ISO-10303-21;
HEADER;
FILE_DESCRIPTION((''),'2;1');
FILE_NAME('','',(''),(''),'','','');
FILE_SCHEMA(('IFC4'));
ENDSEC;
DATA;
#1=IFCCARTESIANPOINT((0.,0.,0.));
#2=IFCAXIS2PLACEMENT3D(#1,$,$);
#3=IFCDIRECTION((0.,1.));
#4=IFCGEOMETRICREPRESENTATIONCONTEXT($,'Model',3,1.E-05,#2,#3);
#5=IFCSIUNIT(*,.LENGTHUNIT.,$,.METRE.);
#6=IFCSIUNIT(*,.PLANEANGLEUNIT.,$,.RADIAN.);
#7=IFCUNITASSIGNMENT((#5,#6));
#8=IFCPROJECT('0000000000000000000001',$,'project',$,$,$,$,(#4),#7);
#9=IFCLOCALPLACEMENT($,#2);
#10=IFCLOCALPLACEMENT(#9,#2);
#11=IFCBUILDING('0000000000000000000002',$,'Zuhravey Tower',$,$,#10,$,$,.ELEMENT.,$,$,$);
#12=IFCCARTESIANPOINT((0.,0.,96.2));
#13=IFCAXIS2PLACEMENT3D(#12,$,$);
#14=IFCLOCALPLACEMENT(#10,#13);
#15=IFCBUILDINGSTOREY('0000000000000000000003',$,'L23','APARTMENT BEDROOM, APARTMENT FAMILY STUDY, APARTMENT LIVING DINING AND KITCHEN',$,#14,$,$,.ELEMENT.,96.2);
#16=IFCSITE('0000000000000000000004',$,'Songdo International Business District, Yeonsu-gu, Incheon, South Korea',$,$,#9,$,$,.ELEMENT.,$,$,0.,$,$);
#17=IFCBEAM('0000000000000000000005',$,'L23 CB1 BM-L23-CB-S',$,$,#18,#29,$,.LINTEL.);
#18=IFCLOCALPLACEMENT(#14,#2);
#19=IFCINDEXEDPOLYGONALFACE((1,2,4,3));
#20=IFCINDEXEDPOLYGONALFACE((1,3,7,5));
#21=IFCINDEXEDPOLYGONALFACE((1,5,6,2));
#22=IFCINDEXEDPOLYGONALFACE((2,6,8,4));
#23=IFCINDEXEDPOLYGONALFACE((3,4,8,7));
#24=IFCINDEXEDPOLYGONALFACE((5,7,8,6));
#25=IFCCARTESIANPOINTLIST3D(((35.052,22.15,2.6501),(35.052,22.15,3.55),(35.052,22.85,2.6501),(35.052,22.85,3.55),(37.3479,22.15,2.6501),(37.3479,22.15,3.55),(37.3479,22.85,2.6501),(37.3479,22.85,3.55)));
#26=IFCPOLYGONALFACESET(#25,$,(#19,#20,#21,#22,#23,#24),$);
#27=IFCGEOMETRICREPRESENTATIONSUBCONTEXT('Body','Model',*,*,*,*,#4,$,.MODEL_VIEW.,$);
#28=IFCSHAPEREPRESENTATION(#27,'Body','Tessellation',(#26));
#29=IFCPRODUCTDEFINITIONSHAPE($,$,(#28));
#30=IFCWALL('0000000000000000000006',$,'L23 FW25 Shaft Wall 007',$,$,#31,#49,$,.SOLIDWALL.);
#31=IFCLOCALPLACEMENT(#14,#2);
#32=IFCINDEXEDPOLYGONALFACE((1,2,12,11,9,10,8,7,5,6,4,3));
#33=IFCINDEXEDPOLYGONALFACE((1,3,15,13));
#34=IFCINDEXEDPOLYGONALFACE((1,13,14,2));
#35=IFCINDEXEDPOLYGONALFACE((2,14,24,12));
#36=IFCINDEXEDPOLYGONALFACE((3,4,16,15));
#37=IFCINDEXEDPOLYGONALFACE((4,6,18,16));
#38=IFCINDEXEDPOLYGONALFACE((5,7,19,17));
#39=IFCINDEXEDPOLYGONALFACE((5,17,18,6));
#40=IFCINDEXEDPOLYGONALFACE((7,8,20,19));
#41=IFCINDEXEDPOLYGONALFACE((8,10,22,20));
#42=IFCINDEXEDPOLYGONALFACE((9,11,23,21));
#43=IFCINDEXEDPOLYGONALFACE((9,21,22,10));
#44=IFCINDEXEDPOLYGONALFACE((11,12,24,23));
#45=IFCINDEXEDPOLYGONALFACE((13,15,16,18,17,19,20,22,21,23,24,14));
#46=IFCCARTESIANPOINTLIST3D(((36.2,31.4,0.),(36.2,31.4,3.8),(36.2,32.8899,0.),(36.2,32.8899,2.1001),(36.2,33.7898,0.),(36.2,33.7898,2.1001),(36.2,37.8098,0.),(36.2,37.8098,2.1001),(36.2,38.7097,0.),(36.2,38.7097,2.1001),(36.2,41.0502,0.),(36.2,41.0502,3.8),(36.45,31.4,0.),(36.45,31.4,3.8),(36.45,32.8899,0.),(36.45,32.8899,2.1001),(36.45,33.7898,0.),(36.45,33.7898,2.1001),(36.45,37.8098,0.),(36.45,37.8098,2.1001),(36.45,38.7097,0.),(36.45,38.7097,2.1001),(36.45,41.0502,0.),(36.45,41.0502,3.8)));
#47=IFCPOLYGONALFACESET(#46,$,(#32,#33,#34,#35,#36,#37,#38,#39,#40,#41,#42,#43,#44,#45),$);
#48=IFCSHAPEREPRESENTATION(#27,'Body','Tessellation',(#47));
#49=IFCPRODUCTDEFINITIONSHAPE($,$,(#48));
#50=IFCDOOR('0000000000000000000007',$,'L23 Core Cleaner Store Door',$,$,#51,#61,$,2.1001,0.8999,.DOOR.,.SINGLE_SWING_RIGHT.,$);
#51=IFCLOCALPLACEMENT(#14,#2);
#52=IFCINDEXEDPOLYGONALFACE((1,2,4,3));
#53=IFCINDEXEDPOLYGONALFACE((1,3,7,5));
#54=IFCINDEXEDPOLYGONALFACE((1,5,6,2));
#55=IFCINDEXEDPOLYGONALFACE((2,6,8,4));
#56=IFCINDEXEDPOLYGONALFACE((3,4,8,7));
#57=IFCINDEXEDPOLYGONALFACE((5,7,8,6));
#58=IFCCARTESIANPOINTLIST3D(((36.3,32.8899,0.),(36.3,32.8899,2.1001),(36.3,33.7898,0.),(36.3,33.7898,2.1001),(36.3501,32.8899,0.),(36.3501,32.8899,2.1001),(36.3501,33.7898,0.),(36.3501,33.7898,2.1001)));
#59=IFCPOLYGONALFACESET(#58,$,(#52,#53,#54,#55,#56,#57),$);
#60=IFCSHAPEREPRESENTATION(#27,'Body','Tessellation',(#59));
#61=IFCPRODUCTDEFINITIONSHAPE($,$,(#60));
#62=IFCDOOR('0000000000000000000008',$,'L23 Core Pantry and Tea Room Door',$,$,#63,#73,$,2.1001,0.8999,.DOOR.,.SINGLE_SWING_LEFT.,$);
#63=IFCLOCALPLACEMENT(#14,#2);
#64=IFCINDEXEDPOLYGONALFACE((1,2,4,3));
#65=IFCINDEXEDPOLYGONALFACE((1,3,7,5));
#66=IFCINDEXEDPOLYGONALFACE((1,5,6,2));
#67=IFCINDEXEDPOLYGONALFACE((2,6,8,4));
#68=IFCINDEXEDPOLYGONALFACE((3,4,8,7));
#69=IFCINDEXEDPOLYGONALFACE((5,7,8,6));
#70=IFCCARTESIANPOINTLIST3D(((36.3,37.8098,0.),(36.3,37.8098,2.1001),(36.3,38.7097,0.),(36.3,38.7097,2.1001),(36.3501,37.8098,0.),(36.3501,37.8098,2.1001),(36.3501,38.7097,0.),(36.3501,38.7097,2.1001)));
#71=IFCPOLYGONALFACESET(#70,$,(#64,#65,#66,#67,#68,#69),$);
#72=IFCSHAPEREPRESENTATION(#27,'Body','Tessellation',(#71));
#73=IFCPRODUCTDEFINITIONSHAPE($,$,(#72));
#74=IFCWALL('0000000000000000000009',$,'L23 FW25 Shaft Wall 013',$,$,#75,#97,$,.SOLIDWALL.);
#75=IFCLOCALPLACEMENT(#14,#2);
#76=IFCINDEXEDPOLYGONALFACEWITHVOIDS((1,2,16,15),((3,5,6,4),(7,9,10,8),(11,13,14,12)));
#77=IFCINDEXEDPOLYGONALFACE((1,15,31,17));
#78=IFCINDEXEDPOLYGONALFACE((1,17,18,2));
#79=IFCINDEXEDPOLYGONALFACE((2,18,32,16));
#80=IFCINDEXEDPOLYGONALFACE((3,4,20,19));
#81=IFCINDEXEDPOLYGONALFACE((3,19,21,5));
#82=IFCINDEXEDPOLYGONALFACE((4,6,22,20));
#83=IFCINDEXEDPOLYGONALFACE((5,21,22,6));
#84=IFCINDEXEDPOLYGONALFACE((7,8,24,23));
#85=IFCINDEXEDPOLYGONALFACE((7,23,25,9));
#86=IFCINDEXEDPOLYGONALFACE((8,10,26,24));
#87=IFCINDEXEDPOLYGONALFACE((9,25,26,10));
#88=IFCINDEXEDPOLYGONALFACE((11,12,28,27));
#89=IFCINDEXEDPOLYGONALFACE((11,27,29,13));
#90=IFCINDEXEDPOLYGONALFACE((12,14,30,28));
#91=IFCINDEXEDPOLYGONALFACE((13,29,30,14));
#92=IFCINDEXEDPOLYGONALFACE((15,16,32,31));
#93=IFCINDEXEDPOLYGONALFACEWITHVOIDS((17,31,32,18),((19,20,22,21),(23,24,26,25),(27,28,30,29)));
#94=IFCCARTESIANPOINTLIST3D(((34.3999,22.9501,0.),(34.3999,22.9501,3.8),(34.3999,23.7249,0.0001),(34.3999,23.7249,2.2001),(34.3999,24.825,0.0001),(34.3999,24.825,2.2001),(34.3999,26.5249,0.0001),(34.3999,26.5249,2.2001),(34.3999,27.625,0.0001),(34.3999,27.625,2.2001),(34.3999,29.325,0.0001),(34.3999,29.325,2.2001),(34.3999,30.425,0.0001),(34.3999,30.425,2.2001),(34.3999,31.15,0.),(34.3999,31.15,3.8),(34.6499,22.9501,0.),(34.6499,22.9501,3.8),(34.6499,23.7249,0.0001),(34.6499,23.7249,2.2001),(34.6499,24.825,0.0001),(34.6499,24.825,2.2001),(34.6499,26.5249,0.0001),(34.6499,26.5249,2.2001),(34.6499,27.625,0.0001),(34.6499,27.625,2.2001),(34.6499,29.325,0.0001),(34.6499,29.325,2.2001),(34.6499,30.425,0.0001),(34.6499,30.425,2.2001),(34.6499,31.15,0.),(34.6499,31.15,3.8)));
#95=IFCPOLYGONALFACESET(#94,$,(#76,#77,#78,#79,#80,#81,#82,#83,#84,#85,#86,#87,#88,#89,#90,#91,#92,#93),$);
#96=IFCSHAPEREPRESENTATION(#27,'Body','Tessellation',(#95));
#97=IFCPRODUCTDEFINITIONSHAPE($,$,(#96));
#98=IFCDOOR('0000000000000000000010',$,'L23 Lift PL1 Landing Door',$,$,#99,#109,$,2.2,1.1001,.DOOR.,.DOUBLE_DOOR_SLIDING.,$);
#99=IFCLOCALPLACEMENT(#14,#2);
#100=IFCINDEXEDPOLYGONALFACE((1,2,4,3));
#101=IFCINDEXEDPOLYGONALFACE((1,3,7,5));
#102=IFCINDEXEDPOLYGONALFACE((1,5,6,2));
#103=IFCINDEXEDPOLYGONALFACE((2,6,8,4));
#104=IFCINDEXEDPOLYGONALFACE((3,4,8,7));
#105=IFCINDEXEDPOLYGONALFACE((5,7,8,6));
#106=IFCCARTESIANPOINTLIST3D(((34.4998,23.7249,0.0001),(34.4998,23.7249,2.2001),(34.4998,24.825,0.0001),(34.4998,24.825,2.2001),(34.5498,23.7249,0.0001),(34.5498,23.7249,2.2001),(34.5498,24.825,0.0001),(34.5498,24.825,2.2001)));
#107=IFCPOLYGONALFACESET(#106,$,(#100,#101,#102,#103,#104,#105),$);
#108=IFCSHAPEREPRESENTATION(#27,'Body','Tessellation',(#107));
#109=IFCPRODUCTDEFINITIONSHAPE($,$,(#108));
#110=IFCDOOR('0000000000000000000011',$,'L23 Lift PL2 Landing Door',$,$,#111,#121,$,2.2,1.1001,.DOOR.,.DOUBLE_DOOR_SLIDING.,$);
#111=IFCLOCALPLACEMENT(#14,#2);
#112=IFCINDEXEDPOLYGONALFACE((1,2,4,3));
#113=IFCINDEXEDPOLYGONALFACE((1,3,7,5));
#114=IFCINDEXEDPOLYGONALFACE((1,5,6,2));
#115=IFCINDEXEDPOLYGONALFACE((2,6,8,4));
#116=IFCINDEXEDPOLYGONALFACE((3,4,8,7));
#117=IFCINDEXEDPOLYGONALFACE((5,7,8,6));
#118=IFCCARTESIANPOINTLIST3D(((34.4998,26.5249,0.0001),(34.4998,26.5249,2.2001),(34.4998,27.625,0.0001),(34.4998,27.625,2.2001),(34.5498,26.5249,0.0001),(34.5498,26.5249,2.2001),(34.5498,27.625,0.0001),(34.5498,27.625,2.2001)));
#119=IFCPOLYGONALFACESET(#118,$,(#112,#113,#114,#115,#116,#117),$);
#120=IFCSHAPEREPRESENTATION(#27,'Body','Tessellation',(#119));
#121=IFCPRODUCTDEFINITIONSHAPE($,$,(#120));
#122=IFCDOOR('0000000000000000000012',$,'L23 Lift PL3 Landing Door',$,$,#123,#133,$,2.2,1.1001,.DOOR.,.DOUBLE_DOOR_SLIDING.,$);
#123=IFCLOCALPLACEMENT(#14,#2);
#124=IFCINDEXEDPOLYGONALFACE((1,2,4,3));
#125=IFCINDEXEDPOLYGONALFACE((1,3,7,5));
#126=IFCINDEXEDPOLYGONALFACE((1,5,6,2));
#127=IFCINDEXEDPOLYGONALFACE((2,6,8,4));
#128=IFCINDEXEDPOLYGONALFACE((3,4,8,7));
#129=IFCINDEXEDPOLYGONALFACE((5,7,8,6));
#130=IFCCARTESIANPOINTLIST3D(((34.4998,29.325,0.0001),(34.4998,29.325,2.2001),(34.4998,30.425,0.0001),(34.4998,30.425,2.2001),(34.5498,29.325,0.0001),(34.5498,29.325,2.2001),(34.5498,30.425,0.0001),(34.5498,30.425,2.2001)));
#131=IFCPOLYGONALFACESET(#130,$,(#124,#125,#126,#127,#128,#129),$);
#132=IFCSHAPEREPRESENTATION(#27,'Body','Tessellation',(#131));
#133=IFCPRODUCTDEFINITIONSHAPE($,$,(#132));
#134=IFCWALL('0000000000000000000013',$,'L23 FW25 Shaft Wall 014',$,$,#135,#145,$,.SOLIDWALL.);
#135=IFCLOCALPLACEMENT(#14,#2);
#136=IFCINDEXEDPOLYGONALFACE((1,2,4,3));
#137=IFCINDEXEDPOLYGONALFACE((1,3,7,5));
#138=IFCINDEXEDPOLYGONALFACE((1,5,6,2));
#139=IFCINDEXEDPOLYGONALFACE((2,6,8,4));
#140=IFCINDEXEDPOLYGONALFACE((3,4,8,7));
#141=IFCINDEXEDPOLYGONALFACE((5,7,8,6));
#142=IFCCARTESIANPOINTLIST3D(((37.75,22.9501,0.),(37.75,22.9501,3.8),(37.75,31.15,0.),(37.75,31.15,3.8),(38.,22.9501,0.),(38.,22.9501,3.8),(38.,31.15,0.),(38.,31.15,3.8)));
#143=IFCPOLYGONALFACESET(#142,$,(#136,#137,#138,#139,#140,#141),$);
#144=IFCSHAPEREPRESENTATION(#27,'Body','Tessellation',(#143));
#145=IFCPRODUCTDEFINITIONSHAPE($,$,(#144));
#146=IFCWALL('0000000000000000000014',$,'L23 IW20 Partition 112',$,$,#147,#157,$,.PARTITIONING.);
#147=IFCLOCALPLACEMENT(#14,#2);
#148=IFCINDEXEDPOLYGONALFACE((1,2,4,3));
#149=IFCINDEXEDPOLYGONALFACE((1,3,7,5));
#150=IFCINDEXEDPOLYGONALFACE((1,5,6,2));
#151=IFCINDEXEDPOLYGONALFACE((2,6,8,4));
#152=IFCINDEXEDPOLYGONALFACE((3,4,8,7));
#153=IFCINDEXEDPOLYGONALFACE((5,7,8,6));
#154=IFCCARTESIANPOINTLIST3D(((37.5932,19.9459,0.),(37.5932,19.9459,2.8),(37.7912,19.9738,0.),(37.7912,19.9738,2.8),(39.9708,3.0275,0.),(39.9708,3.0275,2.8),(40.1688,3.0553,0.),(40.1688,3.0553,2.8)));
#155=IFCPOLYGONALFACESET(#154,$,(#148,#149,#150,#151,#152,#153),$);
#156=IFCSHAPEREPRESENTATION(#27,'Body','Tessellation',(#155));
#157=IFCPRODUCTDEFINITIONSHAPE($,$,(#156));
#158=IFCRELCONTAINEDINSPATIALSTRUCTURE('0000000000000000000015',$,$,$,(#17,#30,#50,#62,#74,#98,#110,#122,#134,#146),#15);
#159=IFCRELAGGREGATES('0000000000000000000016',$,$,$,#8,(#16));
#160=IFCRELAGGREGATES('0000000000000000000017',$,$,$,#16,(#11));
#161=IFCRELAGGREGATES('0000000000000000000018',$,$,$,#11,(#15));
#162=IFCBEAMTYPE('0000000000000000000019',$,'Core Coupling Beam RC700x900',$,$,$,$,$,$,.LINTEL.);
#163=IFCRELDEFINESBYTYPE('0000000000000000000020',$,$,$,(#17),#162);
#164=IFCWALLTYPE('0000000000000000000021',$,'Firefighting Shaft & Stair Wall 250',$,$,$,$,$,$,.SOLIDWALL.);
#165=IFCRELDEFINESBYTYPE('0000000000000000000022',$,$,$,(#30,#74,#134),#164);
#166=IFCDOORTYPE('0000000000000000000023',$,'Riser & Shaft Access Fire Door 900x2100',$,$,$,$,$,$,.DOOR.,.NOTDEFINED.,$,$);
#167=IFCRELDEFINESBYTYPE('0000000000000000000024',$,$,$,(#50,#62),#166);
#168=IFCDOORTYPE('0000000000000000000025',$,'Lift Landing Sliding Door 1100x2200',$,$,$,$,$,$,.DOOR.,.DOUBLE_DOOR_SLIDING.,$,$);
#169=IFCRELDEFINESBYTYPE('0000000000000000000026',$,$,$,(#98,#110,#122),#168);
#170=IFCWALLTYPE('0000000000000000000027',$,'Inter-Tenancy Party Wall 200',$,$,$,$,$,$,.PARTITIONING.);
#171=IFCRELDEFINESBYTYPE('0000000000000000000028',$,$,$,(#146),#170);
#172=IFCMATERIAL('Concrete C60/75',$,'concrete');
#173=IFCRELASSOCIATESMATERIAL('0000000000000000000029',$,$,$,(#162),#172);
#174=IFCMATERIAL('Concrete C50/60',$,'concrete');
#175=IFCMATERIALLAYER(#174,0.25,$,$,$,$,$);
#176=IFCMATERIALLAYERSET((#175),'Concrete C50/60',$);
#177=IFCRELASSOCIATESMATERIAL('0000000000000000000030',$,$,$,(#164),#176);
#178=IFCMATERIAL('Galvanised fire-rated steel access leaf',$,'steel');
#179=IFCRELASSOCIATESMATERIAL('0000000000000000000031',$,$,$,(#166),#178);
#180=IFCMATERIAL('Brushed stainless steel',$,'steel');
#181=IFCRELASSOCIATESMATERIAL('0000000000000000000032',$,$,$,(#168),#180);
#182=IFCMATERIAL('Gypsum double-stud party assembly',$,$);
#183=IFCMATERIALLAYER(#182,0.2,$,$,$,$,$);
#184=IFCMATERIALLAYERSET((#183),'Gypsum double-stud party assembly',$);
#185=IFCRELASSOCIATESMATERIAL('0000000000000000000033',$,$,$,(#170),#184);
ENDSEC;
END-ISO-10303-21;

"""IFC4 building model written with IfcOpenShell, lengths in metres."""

from ifc_helpers import new_model, si_unit, direction, frame, frame_2d, origin, origin_2d, place, context, subcontext, project, spatial, rectangle, extrude, material, layer, layer_set, material_profile, profile_set, type_object, element, fill, save


model = new_model("IFC4")

# Units and contexts
model_context = context("Model", 3, precision=1e-05, world=origin(), true_north=direction((0.0, 1.0)))
body_context = subcontext(model_context, "Body", "Model", "MODEL_VIEW")
ifc_project = project(units=[si_unit("LENGTHUNIT", "METRE"), si_unit("PLANEANGLEUNIT", "RADIAN")], contexts=[model_context])

# Site, building, storey
site_placement = place(None, origin())
site = spatial("IfcSite", under=ifc_project, at=site_placement, Name="Songdo International Business District, Yeonsu-gu, Incheon, South Korea", CompositionType="ELEMENT", RefElevation=0.0)
building_placement = place(site_placement, origin())
building = spatial("IfcBuilding", under=site, at=building_placement, Name="Zuhravey Tower", CompositionType="ELEMENT")
storey_placement = place(building_placement, frame((0.0, 0.0, 96.2)))
storey = spatial("IfcBuildingStorey", under=building, at=storey_placement, Name="L23", Description="APARTMENT BEDROOM, APARTMENT FAMILY STUDY, APARTMENT LIVING DINING AND KITCHEN", CompositionType="ELEMENT", Elevation=96.2)

# Beam
ifc_material_1 = material(Name="Concrete C60/75", Category="concrete")
ifc_material_profile = material_profile(ifc_material_1, rectangle(XDim=0.7, YDim=0.8999, at=origin_2d()), Name="RC-700x900")
ifc_profile_set = profile_set([ifc_material_profile], Name="Concrete C60/75")
beam_type = type_object("IfcBeamType", Name="Core Coupling Beam RC700x900", PredefinedType="LINTEL", material=ifc_profile_set)
beam_placement = place(storey_placement, frame((35.052, 22.5, 3.1001), z_axis=(1.0, 0.0, 0.0), x_axis=(0.0, 1.0, 0.0)))
element("IfcBeam", 1, at=beam_placement, inside=storey, type_object=beam_type, Name="L23 CB1 BM-L23-CB-S", PredefinedType="LINTEL", context=body_context, shape_type="SweptSolid", body=[
    extrude(rectangle(XDim=0.7, YDim=0.8999, at=origin_2d()), origin(), (0.0, 0.0, 1.0), 2.2959),
])

# Shared definitions
ifc_material_2 = material(Name="Concrete C50/60", Category="concrete")
ifc_layer_1 = layer(ifc_material_2, 0.25)
ifc_layer_set_1 = layer_set([ifc_layer_1], Name="Concrete C50/60")
wall_type_1 = type_object("IfcWallType", Name="Firefighting Shaft & Stair Wall 250", PredefinedType="SOLIDWALL", material=ifc_layer_set_1)

# Walls, openings, doors
wall_1_placement = place(storey_placement, frame((36.325, 31.3999, 0.0), z_axis=(0.0, 0.0, 1.0), x_axis=(0.0, 1.0, 0.0)))
wall_1 = element("IfcWall", 2, at=wall_1_placement, inside=storey, type_object=wall_type_1, Name="L23 FW25 Shaft Wall 007", PredefinedType="SOLIDWALL", context=body_context, shape_type="SweptSolid", body=[
    extrude(rectangle(XDim=9.6501, YDim=0.25, at=frame_2d((4.8252, 0.0))), origin(), (0.0, 0.0, 1.0), 3.8),
])
opening_1_placement = place(wall_1_placement, frame((1.49, 0.0, 0.0)))
opening_1 = element("IfcOpeningElement", 3, at=opening_1_placement, cuts=wall_1, PredefinedType="OPENING", context=body_context, shape_type="SweptSolid", body=[
    extrude(rectangle(XDim=0.8999, YDim=2.1001, at=frame_2d((0.45, 1.05))), frame((0.0, 0.137, 0.0), z_axis=(0.0, -1.0, 0.0), x_axis=(1.0, 0.0, 0.0)), (0.0, 0.0, 1.0), 0.2739),
])
opening_2_placement = place(wall_1_placement, frame((6.4099, 0.0, 0.0)))
opening_2 = element("IfcOpeningElement", 4, at=opening_2_placement, cuts=wall_1, PredefinedType="OPENING", context=body_context, shape_type="SweptSolid", body=[
    extrude(rectangle(XDim=0.8999, YDim=2.1001, at=frame_2d((0.45, 1.05))), frame((0.0, 0.137, 0.0), z_axis=(0.0, -1.0, 0.0), x_axis=(1.0, 0.0, 0.0)), (0.0, 0.0, 1.0), 0.2739),
])
ifc_material_3 = material(Name="Galvanised fire-rated steel access leaf", Category="steel")
door_type_1 = type_object("IfcDoorType", Name="Riser & Shaft Access Fire Door 900x2100", OperationType="NOTDEFINED", PredefinedType="DOOR", material=ifc_material_3)
door_1_placement = place(opening_1_placement, origin())
door_1 = element("IfcDoor", 5, at=door_1_placement, inside=storey, type_object=door_type_1, Name="L23 Core Cleaner Store Door", OperationType="SINGLE_SWING_RIGHT", OverallHeight=2.1001, OverallWidth=0.8999, PredefinedType="DOOR", context=body_context, shape_type="SweptSolid", body=[
    extrude(rectangle(XDim=0.8999, YDim=2.1001, at=frame_2d((0.45, 1.05))), frame((0.0, 0.0249, 0.0), z_axis=(0.0, -1.0, 0.0), x_axis=(1.0, 0.0, 0.0)), (0.0, 0.0, 1.0), 0.05),
])
fill(opening_1, door_1)
door_2_placement = place(opening_2_placement, origin())
door_2 = element("IfcDoor", 6, at=door_2_placement, inside=storey, type_object=door_type_1, Name="L23 Core Pantry and Tea Room Door", OperationType="SINGLE_SWING_LEFT", OverallHeight=2.1001, OverallWidth=0.8999, PredefinedType="DOOR", context=body_context, shape_type="SweptSolid", body=[
    extrude(rectangle(XDim=0.8999, YDim=2.1001, at=frame_2d((0.45, 1.05))), frame((0.0, 0.0249, 0.0), z_axis=(0.0, -1.0, 0.0), x_axis=(1.0, 0.0, 0.0)), (0.0, 0.0, 1.0), 0.05),
])
fill(opening_2, door_2)
wall_2_placement = place(storey_placement, frame((34.5249, 22.95, 0.0), z_axis=(0.0, 0.0, 1.0), x_axis=(0.0, 1.0, 0.0)))
wall_2 = element("IfcWall", 7, at=wall_2_placement, inside=storey, type_object=wall_type_1, Name="L23 FW25 Shaft Wall 013", PredefinedType="SOLIDWALL", context=body_context, shape_type="SweptSolid", body=[
    extrude(rectangle(XDim=8.2, YDim=0.25, at=frame_2d((4.1001, 0.0))), origin(), (0.0, 0.0, 1.0), 3.8),
])
opening_3_placement = place(wall_2_placement, frame((0.7749, 0.0, 0.0)))
opening_3 = element("IfcOpeningElement", 8, at=opening_3_placement, cuts=wall_2, PredefinedType="OPENING", context=body_context, shape_type="SweptSolid", body=[
    extrude(rectangle(XDim=1.1001, YDim=2.2, at=frame_2d((0.55, 1.1001))), frame((0.0, 0.137, 0.0), z_axis=(0.0, -1.0, 0.0), x_axis=(1.0, 0.0, 0.0)), (0.0, 0.0, 1.0), 0.2739),
])
opening_4_placement = place(wall_2_placement, frame((3.575, 0.0, 0.0)))
opening_4 = element("IfcOpeningElement", 9, at=opening_4_placement, cuts=wall_2, PredefinedType="OPENING", context=body_context, shape_type="SweptSolid", body=[
    extrude(rectangle(XDim=1.1001, YDim=2.2, at=frame_2d((0.55, 1.1001))), frame((0.0, 0.137, 0.0), z_axis=(0.0, -1.0, 0.0), x_axis=(1.0, 0.0, 0.0)), (0.0, 0.0, 1.0), 0.2739),
])
opening_5_placement = place(wall_2_placement, frame((6.375, 0.0, 0.0)))
opening_5 = element("IfcOpeningElement", 10, at=opening_5_placement, cuts=wall_2, PredefinedType="OPENING", context=body_context, shape_type="SweptSolid", body=[
    extrude(rectangle(XDim=1.1001, YDim=2.2, at=frame_2d((0.55, 1.1001))), frame((0.0, 0.137, 0.0), z_axis=(0.0, -1.0, 0.0), x_axis=(1.0, 0.0, 0.0)), (0.0, 0.0, 1.0), 0.2739),
])
ifc_material_4 = material(Name="Brushed stainless steel", Category="steel")
door_type_2 = type_object("IfcDoorType", Name="Lift Landing Sliding Door 1100x2200", OperationType="DOUBLE_DOOR_SLIDING", PredefinedType="DOOR", material=ifc_material_4)
door_3_placement = place(opening_3_placement, frame((1.1001, 0.0, 0.0), z_axis=(0.0, 0.0, 1.0), x_axis=(-1.0, 0.0, 0.0)))
door_3 = element("IfcDoor", 11, at=door_3_placement, inside=storey, type_object=door_type_2, Name="L23 Lift PL1 Landing Door", OperationType="DOUBLE_DOOR_SLIDING", OverallHeight=2.2, OverallWidth=1.1001, PredefinedType="DOOR", context=body_context, shape_type="SweptSolid", body=[
    extrude(rectangle(XDim=1.1001, YDim=2.2, at=frame_2d((0.55, 1.1001))), frame((0.0, 0.0249, 0.0), z_axis=(0.0, -1.0, 0.0), x_axis=(1.0, 0.0, 0.0)), (0.0, 0.0, 1.0), 0.05),
])
fill(opening_3, door_3)
door_4_placement = place(opening_4_placement, frame((1.1001, 0.0, 0.0), z_axis=(0.0, 0.0, 1.0), x_axis=(-1.0, 0.0, 0.0)))
door_4 = element("IfcDoor", 12, at=door_4_placement, inside=storey, type_object=door_type_2, Name="L23 Lift PL2 Landing Door", OperationType="DOUBLE_DOOR_SLIDING", OverallHeight=2.2, OverallWidth=1.1001, PredefinedType="DOOR", context=body_context, shape_type="SweptSolid", body=[
    extrude(rectangle(XDim=1.1001, YDim=2.2, at=frame_2d((0.55, 1.1001))), frame((0.0, 0.0249, 0.0), z_axis=(0.0, -1.0, 0.0), x_axis=(1.0, 0.0, 0.0)), (0.0, 0.0, 1.0), 0.05),
])
fill(opening_4, door_4)
door_5_placement = place(opening_5_placement, frame((1.1001, 0.0, 0.0), z_axis=(0.0, 0.0, 1.0), x_axis=(-1.0, 0.0, 0.0)))
door_5 = element("IfcDoor", 13, at=door_5_placement, inside=storey, type_object=door_type_2, Name="L23 Lift PL3 Landing Door", OperationType="DOUBLE_DOOR_SLIDING", OverallHeight=2.2, OverallWidth=1.1001, PredefinedType="DOOR", context=body_context, shape_type="SweptSolid", body=[
    extrude(rectangle(XDim=1.1001, YDim=2.2, at=frame_2d((0.55, 1.1001))), frame((0.0, 0.0249, 0.0), z_axis=(0.0, -1.0, 0.0), x_axis=(1.0, 0.0, 0.0)), (0.0, 0.0, 1.0), 0.05),
])
fill(opening_5, door_5)

# Walls
wall_3_placement = place(storey_placement, frame((37.875, 22.95, 0.0), z_axis=(0.0, 0.0, 1.0), x_axis=(0.0, 1.0, 0.0)))
element("IfcWall", 14, at=wall_3_placement, inside=storey, type_object=wall_type_1, Name="L23 FW25 Shaft Wall 014", PredefinedType="SOLIDWALL", context=body_context, shape_type="SweptSolid", body=[
    extrude(rectangle(XDim=8.2, YDim=0.25, at=frame_2d((4.1001, 0.0))), origin(), (0.0, 0.0, 1.0), 3.8),
])
ifc_material_5 = material(Name="Gypsum double-stud party assembly")
ifc_layer_2 = layer(ifc_material_5, 0.2)
ifc_layer_set_2 = layer_set([ifc_layer_2], Name="Gypsum double-stud party assembly")
wall_type_2 = type_object("IfcWallType", Name="Inter-Tenancy Party Wall 200", PredefinedType="PARTITIONING", material=ifc_layer_set_2)
wall_4_placement = place(storey_placement, frame((37.6921, 19.96, 0.0), z_axis=(0.0, 0.0, 1.0), x_axis=(0.13917, -0.990268, 0.0)))
element("IfcWall", 15, at=wall_4_placement, inside=storey, type_object=wall_type_2, Name="L23 IW20 Partition 112", PredefinedType="PARTITIONING", context=body_context, shape_type="SweptSolid", body=[
    extrude(rectangle(XDim=17.0847, YDim=0.2, at=frame_2d((8.5425, 0.0))), origin(), (0.0, 0.0, 1.0), 2.8),
])

save(model, "model.ifc")
